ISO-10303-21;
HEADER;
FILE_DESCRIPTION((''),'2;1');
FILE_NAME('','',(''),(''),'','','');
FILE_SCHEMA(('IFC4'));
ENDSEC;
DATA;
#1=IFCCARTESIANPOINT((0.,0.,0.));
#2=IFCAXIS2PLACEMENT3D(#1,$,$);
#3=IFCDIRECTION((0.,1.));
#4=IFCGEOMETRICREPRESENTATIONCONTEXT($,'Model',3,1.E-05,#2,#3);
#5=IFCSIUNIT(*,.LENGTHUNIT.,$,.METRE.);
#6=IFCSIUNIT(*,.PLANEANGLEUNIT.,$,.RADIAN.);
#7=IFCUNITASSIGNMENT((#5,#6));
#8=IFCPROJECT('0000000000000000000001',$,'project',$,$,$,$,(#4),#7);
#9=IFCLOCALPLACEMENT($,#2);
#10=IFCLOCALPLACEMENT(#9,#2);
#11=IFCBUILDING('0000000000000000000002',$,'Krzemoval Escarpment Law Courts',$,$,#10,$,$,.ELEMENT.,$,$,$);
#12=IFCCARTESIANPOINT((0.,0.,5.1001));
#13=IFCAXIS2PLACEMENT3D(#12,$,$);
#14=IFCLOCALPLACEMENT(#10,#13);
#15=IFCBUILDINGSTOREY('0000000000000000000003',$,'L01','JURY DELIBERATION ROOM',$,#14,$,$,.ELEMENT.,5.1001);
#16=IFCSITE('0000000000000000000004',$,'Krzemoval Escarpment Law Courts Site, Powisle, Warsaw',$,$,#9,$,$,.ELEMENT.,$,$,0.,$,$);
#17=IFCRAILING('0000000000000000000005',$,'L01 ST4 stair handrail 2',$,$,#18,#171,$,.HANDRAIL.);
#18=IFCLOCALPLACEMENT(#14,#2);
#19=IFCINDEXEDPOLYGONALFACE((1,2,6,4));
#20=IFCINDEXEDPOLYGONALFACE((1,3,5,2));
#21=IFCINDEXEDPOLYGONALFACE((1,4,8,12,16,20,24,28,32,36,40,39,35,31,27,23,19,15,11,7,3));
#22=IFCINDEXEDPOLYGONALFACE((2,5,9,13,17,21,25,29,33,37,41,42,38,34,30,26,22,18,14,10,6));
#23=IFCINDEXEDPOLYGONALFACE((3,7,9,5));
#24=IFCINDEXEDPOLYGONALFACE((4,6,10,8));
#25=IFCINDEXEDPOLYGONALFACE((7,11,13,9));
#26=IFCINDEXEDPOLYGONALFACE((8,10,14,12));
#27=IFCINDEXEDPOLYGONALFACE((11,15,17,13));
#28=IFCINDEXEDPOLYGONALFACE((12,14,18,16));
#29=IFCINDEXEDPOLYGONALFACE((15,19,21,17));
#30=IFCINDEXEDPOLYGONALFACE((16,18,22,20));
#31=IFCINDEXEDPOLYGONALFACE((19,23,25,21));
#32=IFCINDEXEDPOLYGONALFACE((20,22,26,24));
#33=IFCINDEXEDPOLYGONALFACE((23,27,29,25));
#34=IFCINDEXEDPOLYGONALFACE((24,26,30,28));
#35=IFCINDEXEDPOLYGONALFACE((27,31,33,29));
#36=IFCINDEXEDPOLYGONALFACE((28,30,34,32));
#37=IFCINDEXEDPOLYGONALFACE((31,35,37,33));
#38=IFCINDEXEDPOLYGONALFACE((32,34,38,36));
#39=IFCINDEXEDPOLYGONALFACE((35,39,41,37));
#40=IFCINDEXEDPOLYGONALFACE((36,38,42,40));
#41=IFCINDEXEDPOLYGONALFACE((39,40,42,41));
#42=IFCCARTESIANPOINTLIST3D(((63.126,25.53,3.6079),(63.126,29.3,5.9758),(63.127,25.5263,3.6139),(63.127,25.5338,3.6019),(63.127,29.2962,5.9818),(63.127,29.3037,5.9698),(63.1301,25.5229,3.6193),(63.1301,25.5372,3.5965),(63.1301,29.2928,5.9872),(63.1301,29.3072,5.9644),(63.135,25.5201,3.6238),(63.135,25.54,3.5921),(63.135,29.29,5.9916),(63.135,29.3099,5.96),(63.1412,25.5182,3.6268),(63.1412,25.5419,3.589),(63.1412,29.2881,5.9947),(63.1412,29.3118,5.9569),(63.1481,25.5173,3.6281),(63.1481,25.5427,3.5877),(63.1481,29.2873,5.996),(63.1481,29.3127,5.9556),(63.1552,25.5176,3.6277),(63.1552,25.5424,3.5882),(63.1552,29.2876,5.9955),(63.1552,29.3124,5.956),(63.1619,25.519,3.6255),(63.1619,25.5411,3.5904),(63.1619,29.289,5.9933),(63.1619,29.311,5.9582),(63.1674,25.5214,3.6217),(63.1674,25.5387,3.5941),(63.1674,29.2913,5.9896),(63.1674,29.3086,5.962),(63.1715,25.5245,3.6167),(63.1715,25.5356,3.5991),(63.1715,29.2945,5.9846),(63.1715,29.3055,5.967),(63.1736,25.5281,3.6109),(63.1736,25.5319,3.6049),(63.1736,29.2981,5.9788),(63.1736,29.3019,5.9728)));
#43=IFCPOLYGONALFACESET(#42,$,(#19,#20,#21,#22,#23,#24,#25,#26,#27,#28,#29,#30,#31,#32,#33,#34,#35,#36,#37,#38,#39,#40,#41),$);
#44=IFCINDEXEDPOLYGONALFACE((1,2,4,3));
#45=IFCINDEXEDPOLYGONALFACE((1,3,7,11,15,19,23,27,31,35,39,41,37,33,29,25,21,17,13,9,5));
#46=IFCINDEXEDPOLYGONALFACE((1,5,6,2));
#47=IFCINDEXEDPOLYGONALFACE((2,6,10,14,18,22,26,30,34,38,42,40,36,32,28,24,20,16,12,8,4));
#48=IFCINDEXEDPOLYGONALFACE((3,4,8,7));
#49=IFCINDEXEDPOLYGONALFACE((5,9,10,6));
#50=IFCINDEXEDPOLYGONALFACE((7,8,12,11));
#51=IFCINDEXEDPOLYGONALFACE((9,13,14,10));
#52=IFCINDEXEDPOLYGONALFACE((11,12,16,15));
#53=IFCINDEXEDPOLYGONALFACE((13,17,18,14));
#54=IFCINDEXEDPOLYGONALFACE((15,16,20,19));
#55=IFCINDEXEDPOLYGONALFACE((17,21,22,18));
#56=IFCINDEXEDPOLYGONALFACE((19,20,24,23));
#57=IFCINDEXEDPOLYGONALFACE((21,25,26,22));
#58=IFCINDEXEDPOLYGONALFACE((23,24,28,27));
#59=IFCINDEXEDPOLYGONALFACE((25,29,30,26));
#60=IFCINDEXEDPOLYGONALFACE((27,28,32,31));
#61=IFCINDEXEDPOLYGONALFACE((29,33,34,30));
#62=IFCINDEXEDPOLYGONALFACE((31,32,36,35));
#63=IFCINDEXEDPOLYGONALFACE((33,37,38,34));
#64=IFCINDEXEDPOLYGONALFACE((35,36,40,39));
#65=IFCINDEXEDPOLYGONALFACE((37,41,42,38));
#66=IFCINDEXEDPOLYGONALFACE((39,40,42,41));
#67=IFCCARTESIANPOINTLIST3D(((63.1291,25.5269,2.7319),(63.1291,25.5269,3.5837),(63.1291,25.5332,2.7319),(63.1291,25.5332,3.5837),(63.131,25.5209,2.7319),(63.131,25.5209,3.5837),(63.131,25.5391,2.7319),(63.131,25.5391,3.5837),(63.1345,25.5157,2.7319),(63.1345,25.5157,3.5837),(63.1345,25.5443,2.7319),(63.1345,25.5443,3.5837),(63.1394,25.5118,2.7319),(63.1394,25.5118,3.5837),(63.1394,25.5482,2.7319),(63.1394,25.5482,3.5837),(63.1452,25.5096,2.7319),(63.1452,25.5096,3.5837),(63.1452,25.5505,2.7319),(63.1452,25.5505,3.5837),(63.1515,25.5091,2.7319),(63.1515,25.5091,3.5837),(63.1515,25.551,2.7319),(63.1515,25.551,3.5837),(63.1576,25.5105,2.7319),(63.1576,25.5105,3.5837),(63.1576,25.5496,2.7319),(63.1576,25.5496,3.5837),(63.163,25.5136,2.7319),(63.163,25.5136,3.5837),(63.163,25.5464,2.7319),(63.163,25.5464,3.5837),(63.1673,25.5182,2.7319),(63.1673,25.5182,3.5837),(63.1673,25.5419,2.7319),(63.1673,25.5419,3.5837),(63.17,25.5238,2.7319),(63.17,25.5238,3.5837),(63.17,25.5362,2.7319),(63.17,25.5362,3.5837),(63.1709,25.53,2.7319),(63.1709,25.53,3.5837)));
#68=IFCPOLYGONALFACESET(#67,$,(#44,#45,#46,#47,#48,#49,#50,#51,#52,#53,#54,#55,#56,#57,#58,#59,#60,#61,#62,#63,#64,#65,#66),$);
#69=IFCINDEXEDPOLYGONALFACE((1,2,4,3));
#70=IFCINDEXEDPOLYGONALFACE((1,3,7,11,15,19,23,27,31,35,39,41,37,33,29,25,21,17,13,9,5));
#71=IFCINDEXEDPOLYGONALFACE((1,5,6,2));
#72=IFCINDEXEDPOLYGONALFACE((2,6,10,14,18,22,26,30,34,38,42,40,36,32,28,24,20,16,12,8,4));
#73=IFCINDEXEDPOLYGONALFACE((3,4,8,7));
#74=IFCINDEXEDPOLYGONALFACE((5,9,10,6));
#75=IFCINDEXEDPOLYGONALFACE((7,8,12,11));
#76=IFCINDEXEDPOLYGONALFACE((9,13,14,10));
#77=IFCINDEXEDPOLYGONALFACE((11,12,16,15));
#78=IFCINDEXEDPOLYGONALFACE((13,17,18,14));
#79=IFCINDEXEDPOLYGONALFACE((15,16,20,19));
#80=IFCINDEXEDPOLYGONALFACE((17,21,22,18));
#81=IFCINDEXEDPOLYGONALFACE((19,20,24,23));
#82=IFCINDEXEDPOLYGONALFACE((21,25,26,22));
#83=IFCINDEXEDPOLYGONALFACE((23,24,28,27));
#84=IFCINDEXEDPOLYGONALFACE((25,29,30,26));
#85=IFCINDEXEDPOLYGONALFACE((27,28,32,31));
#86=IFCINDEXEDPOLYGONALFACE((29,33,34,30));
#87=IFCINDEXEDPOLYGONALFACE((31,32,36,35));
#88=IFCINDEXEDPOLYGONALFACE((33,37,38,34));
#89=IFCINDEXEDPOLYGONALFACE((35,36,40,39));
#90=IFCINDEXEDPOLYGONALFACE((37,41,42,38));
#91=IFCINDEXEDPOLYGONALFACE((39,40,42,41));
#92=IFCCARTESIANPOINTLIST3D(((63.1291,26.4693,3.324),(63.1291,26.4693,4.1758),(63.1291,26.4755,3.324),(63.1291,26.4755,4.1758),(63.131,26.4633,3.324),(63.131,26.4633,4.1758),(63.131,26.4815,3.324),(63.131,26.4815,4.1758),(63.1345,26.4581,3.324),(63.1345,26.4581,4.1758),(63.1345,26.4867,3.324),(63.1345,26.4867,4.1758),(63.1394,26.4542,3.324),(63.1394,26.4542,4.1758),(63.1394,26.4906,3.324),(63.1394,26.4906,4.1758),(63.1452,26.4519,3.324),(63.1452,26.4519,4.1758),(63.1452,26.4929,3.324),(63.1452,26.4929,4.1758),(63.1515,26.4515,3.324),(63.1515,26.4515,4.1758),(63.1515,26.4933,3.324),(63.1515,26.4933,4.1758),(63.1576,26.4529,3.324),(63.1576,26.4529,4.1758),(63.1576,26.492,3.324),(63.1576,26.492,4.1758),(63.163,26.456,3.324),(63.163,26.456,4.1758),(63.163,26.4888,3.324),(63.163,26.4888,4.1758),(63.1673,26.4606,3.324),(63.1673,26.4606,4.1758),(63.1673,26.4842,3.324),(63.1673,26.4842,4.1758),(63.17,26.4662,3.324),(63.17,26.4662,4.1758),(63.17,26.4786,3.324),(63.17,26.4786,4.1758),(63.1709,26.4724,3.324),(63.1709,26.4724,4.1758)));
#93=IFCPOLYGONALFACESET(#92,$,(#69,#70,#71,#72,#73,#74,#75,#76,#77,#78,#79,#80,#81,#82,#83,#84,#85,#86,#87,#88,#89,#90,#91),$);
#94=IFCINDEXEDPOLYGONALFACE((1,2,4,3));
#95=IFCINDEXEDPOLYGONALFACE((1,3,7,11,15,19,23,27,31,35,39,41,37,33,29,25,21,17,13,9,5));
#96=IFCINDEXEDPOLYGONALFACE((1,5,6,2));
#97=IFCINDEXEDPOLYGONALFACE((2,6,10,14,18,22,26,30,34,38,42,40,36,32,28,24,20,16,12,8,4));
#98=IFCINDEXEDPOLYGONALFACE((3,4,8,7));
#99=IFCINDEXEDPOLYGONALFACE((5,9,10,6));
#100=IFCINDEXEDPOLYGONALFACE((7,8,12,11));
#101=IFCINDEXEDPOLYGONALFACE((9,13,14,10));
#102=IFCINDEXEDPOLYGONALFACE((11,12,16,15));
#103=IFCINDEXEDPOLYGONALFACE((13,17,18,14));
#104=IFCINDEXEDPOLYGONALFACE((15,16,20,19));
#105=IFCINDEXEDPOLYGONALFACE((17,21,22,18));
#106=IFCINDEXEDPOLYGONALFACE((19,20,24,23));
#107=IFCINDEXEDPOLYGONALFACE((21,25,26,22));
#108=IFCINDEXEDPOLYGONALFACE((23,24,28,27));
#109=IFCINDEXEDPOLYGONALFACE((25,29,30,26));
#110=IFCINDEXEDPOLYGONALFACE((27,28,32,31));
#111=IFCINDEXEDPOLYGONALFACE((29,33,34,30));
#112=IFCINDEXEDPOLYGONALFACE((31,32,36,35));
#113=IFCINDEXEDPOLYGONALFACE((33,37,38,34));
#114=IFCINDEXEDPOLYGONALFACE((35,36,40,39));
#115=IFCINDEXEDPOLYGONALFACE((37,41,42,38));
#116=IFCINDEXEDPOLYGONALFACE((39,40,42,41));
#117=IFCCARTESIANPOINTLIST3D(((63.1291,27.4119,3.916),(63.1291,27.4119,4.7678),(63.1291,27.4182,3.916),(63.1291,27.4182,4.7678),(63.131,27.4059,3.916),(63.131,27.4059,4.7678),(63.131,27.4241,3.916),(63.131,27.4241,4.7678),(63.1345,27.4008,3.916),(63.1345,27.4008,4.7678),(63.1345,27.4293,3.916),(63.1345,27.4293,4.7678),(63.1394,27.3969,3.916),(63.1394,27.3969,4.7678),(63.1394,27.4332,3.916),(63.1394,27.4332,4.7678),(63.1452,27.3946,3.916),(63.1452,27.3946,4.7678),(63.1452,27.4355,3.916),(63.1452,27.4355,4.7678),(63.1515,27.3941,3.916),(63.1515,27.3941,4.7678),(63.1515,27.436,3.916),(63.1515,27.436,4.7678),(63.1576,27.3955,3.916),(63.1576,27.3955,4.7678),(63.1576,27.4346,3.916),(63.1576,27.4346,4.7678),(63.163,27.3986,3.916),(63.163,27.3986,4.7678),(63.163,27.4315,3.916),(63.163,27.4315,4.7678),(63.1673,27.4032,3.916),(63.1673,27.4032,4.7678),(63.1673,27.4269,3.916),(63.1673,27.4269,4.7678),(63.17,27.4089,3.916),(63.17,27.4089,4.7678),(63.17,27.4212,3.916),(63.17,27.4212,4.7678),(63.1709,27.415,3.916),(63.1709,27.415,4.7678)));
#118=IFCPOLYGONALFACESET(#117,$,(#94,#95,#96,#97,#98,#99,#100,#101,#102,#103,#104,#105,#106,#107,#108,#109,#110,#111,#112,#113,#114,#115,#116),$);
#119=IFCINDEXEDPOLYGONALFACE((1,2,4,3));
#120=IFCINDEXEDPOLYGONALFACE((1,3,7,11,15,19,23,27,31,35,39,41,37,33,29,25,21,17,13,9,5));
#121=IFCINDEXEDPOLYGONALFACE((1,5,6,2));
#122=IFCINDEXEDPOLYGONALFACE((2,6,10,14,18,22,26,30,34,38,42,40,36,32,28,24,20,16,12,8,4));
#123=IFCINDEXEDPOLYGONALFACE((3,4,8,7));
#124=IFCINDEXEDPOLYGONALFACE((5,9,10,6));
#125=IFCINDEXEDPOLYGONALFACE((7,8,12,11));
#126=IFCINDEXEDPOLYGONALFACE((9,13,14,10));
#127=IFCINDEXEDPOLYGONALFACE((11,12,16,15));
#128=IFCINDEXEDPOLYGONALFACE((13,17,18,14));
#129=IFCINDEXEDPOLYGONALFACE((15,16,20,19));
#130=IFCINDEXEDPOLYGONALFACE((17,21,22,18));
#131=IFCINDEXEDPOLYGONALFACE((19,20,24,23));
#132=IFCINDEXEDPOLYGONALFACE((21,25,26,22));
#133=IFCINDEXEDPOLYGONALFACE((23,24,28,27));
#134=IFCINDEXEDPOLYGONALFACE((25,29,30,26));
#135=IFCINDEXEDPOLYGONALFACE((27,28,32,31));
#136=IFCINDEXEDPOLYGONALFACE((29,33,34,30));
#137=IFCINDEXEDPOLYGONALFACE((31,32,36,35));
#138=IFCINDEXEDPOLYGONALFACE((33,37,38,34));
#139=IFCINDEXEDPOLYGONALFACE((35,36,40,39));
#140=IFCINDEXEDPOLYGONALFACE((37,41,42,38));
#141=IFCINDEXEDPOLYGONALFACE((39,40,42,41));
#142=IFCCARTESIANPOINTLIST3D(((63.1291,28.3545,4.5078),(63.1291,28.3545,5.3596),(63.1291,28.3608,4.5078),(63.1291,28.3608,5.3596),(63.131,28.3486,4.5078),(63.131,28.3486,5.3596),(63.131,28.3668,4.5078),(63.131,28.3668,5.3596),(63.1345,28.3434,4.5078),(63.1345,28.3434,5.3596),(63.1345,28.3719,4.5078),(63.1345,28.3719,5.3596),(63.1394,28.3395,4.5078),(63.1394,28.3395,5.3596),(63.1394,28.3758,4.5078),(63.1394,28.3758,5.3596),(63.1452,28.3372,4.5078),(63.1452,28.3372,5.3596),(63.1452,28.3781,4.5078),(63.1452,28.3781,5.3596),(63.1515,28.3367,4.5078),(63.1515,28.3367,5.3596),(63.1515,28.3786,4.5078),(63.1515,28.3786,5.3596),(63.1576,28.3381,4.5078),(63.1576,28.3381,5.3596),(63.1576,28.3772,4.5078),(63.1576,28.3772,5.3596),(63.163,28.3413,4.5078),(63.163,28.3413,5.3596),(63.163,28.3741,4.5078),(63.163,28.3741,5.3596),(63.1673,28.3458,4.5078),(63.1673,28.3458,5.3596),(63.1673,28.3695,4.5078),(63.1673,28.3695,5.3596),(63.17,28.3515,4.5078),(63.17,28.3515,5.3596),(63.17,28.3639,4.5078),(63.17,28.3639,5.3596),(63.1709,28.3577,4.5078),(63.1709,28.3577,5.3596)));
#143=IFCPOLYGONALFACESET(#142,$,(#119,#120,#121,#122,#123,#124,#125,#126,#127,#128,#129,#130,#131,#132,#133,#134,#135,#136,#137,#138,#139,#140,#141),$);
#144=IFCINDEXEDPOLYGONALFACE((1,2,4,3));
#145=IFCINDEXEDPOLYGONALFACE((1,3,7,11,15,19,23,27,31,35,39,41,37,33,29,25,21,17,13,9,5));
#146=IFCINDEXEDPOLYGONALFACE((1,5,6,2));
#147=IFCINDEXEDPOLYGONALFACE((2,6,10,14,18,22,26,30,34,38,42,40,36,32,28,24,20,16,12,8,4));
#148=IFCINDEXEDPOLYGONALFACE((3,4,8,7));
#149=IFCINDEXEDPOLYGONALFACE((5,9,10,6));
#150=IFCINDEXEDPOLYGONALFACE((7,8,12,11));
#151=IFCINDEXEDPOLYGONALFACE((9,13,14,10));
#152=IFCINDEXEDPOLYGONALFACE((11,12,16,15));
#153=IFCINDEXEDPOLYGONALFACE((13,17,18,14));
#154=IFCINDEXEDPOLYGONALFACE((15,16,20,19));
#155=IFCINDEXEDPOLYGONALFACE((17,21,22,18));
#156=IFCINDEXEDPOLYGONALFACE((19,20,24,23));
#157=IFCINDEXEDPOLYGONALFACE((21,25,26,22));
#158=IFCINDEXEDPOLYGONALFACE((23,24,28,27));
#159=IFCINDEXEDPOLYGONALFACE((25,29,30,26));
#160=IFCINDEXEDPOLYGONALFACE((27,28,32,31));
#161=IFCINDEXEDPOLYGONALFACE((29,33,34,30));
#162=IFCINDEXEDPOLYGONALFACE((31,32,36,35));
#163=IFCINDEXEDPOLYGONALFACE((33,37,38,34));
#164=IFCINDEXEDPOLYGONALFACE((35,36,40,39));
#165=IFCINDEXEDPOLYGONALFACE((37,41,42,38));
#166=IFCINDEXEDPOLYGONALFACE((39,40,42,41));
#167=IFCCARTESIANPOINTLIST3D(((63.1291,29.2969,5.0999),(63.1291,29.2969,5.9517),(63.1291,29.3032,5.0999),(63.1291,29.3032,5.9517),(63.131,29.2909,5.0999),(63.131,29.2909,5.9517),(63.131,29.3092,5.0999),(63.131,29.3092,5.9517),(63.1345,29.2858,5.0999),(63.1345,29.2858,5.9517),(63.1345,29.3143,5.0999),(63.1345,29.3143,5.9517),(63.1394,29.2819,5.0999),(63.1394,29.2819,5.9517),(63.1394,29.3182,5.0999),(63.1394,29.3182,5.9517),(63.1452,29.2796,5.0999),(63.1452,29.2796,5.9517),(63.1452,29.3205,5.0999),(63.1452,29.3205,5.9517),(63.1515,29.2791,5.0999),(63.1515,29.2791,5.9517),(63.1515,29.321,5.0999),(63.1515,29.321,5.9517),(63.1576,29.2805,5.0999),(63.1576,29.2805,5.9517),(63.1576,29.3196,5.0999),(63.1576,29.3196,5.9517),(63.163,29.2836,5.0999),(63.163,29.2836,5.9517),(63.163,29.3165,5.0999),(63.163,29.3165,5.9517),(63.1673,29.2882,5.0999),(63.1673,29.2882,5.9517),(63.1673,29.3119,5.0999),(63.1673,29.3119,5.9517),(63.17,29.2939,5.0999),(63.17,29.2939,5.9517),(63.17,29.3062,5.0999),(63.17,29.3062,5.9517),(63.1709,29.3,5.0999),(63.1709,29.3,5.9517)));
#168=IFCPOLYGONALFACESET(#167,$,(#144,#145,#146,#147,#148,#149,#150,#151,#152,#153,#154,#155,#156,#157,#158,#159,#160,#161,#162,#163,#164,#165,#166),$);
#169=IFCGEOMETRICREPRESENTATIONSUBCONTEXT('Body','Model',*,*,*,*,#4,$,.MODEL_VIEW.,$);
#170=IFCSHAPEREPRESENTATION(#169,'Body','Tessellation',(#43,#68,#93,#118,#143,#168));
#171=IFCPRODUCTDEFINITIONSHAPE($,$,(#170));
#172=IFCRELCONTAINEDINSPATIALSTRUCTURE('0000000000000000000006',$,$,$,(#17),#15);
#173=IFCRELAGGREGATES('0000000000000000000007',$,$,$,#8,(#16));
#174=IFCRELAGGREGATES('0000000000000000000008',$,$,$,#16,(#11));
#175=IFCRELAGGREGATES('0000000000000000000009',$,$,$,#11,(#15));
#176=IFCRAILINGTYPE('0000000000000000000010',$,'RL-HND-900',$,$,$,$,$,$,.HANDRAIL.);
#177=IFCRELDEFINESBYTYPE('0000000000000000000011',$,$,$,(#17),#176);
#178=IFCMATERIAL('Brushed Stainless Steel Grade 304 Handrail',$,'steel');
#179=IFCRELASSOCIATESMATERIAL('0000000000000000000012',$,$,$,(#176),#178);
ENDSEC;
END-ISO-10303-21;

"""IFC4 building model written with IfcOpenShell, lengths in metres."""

from ifc_helpers import new_model, si_unit, direction, frame, origin, origin_2d, place, context, subcontext, project, spatial, circle, extrude, material, type_object, element, save


model = new_model("IFC4")

# Units and contexts
model_context = context("Model", 3, precision=1e-05, world=origin(), true_north=direction((0.0, 1.0)))
body_context = subcontext(model_context, "Body", "Model", "MODEL_VIEW")
ifc_project = project(units=[si_unit("LENGTHUNIT", "METRE"), si_unit("PLANEANGLEUNIT", "RADIAN")], contexts=[model_context])

# Site, building, storey
site_placement = place(None, origin())
site = spatial("IfcSite", under=ifc_project, at=site_placement, Name="Krzemoval Escarpment Law Courts Site, Powisle, Warsaw", CompositionType="ELEMENT", RefElevation=0.0)
building_placement = place(site_placement, origin())
building = spatial("IfcBuilding", under=site, at=building_placement, Name="Krzemoval Escarpment Law Courts", CompositionType="ELEMENT")
storey_placement = place(building_placement, frame((0.0, 0.0, 5.1001)))
storey = spatial("IfcBuildingStorey", under=building, at=storey_placement, Name="L01", Description="JURY DELIBERATION ROOM", CompositionType="ELEMENT", Elevation=5.1001)

# Railing
ifc_material_1 = material(Name="Brushed Stainless Steel Grade 304 Handrail", Category="steel")
railing_type_1 = type_object("IfcRailingType", Name="RL-HND-900", PredefinedType="HANDRAIL", material=ifc_material_1)
railing_1_placement = place(storey_placement, frame((63.1499, 25.53, 2.7319)))
element("IfcRailing", 1, at=railing_1_placement, inside=storey, type_object=railing_type_1, Name="L01 ST4 stair handrail 2", PredefinedType="HANDRAIL", context=body_context, shape_type="SweptSolid", body=[
    extrude(circle(Radius=0.0239, at=origin_2d()), frame((0.0, 0.0, 0.876), z_axis=(0.0, 0.846819, 0.531881), x_axis=(-1.0, 0.0, 0.0)), (0.0, 0.0, 1.0), 4.4519),
    extrude(circle(Radius=0.021, at=origin_2d()), origin(), (0.0, 0.0, 1.0), 0.8518),
    extrude(circle(Radius=0.021, at=origin_2d()), frame((0.0, 0.9424, 0.592)), (0.0, 0.0, 1.0), 0.8518),
    extrude(circle(Radius=0.021, at=origin_2d()), frame((0.0, 1.885, 1.1841)), (0.0, 0.0, 1.0), 0.8518),
    extrude(circle(Radius=0.021, at=origin_2d()), frame((0.0, 2.8276, 1.7759)), (0.0, 0.0, 1.0), 0.8518),
    extrude(circle(Radius=0.021, at=origin_2d()), frame((0.0, 3.77, 2.3679)), (0.0, 0.0, 1.0), 0.8518),
])

save(model, "model.ifc")
